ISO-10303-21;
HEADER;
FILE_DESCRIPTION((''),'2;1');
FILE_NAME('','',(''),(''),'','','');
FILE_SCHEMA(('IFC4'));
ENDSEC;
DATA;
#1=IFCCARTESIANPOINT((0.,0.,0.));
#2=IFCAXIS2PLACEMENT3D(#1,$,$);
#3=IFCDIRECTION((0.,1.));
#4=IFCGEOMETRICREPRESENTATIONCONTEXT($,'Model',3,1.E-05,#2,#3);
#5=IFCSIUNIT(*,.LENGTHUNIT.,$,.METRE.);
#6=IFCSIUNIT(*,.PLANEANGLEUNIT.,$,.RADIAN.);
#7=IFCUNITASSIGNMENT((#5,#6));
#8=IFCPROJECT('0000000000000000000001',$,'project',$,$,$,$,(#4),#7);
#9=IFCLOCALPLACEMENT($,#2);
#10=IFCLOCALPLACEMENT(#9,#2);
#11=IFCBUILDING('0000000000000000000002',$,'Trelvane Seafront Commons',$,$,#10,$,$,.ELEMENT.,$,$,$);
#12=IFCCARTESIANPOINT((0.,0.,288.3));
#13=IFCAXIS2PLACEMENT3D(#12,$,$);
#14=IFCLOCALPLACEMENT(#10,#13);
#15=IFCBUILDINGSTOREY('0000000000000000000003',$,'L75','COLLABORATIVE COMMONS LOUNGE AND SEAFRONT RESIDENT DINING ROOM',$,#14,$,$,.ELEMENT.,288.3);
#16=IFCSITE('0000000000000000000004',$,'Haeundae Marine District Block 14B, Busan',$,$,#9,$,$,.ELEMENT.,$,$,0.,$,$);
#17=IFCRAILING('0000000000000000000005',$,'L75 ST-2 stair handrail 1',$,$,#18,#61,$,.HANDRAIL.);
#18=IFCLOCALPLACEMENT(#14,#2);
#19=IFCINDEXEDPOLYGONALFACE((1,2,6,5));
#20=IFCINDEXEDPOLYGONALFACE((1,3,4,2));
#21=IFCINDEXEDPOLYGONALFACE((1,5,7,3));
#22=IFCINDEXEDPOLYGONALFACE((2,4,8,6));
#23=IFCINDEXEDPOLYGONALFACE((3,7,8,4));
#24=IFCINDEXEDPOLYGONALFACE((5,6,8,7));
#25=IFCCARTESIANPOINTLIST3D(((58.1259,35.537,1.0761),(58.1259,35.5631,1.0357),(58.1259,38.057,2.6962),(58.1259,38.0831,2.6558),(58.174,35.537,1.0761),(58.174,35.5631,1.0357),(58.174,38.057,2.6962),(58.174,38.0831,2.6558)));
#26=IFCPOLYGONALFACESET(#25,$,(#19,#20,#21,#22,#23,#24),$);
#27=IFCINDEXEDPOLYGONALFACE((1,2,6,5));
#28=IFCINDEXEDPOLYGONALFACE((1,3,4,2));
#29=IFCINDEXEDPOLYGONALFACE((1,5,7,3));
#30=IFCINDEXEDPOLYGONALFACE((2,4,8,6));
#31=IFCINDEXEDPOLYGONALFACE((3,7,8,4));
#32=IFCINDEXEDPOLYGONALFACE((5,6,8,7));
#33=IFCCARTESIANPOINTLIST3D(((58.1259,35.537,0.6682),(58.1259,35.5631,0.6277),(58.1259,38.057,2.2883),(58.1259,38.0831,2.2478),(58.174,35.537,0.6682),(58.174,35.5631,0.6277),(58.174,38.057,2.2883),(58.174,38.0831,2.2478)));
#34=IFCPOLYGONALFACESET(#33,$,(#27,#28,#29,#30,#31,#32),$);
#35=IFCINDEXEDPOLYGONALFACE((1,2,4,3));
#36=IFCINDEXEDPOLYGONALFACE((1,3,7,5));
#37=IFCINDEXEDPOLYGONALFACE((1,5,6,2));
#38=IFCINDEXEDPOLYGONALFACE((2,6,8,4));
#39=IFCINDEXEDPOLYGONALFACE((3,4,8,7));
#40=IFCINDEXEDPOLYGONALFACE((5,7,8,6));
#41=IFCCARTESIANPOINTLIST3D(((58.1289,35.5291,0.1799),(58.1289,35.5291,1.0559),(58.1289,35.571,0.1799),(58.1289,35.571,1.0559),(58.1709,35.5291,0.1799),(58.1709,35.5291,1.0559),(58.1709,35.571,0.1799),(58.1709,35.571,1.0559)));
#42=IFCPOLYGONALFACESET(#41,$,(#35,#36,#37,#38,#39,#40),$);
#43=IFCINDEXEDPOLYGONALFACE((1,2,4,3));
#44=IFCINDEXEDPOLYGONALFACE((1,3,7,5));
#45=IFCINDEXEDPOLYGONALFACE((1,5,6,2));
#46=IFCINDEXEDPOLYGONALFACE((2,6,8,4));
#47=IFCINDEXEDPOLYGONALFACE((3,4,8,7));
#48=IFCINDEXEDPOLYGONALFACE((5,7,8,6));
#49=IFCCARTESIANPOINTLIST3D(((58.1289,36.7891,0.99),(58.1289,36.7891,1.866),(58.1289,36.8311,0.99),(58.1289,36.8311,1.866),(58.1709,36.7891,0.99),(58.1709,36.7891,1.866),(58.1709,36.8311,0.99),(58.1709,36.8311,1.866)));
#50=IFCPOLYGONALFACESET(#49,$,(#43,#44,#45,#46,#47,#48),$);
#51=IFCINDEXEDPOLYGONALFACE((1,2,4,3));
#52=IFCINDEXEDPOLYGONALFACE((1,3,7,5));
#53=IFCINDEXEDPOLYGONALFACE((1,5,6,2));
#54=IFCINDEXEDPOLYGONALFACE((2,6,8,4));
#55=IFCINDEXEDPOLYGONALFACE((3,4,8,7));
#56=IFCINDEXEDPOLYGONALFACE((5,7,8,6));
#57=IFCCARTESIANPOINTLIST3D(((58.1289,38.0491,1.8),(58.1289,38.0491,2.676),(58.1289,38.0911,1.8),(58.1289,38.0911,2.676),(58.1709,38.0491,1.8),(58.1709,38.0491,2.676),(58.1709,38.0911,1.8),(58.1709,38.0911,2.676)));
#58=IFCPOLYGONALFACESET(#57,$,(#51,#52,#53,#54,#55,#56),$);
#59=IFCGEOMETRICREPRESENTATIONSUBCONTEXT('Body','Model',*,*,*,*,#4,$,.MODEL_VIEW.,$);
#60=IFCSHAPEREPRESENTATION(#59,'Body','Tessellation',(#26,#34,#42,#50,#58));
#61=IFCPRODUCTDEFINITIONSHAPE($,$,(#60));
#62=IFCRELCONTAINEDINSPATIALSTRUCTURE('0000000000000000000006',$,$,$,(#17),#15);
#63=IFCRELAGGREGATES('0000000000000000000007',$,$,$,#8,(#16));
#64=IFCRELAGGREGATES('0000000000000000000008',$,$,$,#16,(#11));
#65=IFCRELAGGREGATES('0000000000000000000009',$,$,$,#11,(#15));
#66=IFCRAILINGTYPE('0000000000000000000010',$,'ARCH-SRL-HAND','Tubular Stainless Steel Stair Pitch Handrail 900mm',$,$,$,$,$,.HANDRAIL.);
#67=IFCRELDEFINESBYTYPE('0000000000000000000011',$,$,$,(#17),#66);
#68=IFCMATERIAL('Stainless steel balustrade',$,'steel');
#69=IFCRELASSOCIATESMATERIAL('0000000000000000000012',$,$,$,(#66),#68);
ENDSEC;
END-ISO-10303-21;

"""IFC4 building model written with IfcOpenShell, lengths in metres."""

from ifc_helpers import new_model, si_unit, direction, frame, origin, origin_2d, place, context, subcontext, project, spatial, rectangle, extrude, material, type_object, element, save


model = new_model("IFC4")

# Units and contexts
model_context = context("Model", 3, precision=1e-05, world=origin(), true_north=direction((0.0, 1.0)))
body_context = subcontext(model_context, "Body", "Model", "MODEL_VIEW")
ifc_project = project(units=[si_unit("LENGTHUNIT", "METRE"), si_unit("PLANEANGLEUNIT", "RADIAN")], contexts=[model_context])

# Site, building, storey
site_placement = place(None, origin())
site = spatial("IfcSite", under=ifc_project, at=site_placement, Name="Haeundae Marine District Block 14B, Busan", CompositionType="ELEMENT", RefElevation=0.0)
building_placement = place(site_placement, origin())
building = spatial("IfcBuilding", under=site, at=building_placement, Name="Trelvane Seafront Commons", CompositionType="ELEMENT")
storey_placement = place(building_placement, frame((0.0, 0.0, 288.3)))
storey = spatial("IfcBuildingStorey", under=building, at=storey_placement, Name="L75", Description="COLLABORATIVE COMMONS LOUNGE AND SEAFRONT RESIDENT DINING ROOM", CompositionType="ELEMENT", Elevation=288.3)

# Railing
ifc_material_1 = material(Name="Stainless steel balustrade", Category="steel")
railing_type_1 = type_object("IfcRailingType", Name="ARCH-SRL-HAND", Description="Tubular Stainless Steel Stair Pitch Handrail 900mm", PredefinedType="HANDRAIL", material=ifc_material_1)
railing_1_placement = place(storey_placement, frame((58.1499, 35.55, 0.1799)))
element("IfcRailing", 1, at=railing_1_placement, inside=storey, type_object=railing_type_1, Name="L75 ST-2 stair handrail 1", PredefinedType="HANDRAIL", context=body_context, shape_type="SweptSolid", body=[
    extrude(rectangle(XDim=0.0481, YDim=0.0481, at=origin_2d()), frame((0.0, 0.0, 0.876), z_axis=(0.0, 0.841163, 0.540782), x_axis=(-1.0, 0.0, 0.0)), (0.0, 0.0, 1.0), 2.9958),
    extrude(rectangle(XDim=0.0481, YDim=0.0481, at=origin_2d()), frame((0.0, 0.0, 0.468), z_axis=(0.0, 0.841163, 0.540782), x_axis=(-1.0, 0.0, 0.0)), (0.0, 0.0, 1.0), 2.9958),
    extrude(rectangle(XDim=0.042, YDim=0.042, at=origin_2d()), origin(), (0.0, 0.0, 1.0), 0.876),
    extrude(rectangle(XDim=0.042, YDim=0.042, at=origin_2d()), frame((0.0, 1.26, 0.8101)), (0.0, 0.0, 1.0), 0.876),
    extrude(rectangle(XDim=0.042, YDim=0.042, at=origin_2d()), frame((0.0, 2.52, 1.6201)), (0.0, 0.0, 1.0), 0.876),
])

save(model, "model.ifc")
